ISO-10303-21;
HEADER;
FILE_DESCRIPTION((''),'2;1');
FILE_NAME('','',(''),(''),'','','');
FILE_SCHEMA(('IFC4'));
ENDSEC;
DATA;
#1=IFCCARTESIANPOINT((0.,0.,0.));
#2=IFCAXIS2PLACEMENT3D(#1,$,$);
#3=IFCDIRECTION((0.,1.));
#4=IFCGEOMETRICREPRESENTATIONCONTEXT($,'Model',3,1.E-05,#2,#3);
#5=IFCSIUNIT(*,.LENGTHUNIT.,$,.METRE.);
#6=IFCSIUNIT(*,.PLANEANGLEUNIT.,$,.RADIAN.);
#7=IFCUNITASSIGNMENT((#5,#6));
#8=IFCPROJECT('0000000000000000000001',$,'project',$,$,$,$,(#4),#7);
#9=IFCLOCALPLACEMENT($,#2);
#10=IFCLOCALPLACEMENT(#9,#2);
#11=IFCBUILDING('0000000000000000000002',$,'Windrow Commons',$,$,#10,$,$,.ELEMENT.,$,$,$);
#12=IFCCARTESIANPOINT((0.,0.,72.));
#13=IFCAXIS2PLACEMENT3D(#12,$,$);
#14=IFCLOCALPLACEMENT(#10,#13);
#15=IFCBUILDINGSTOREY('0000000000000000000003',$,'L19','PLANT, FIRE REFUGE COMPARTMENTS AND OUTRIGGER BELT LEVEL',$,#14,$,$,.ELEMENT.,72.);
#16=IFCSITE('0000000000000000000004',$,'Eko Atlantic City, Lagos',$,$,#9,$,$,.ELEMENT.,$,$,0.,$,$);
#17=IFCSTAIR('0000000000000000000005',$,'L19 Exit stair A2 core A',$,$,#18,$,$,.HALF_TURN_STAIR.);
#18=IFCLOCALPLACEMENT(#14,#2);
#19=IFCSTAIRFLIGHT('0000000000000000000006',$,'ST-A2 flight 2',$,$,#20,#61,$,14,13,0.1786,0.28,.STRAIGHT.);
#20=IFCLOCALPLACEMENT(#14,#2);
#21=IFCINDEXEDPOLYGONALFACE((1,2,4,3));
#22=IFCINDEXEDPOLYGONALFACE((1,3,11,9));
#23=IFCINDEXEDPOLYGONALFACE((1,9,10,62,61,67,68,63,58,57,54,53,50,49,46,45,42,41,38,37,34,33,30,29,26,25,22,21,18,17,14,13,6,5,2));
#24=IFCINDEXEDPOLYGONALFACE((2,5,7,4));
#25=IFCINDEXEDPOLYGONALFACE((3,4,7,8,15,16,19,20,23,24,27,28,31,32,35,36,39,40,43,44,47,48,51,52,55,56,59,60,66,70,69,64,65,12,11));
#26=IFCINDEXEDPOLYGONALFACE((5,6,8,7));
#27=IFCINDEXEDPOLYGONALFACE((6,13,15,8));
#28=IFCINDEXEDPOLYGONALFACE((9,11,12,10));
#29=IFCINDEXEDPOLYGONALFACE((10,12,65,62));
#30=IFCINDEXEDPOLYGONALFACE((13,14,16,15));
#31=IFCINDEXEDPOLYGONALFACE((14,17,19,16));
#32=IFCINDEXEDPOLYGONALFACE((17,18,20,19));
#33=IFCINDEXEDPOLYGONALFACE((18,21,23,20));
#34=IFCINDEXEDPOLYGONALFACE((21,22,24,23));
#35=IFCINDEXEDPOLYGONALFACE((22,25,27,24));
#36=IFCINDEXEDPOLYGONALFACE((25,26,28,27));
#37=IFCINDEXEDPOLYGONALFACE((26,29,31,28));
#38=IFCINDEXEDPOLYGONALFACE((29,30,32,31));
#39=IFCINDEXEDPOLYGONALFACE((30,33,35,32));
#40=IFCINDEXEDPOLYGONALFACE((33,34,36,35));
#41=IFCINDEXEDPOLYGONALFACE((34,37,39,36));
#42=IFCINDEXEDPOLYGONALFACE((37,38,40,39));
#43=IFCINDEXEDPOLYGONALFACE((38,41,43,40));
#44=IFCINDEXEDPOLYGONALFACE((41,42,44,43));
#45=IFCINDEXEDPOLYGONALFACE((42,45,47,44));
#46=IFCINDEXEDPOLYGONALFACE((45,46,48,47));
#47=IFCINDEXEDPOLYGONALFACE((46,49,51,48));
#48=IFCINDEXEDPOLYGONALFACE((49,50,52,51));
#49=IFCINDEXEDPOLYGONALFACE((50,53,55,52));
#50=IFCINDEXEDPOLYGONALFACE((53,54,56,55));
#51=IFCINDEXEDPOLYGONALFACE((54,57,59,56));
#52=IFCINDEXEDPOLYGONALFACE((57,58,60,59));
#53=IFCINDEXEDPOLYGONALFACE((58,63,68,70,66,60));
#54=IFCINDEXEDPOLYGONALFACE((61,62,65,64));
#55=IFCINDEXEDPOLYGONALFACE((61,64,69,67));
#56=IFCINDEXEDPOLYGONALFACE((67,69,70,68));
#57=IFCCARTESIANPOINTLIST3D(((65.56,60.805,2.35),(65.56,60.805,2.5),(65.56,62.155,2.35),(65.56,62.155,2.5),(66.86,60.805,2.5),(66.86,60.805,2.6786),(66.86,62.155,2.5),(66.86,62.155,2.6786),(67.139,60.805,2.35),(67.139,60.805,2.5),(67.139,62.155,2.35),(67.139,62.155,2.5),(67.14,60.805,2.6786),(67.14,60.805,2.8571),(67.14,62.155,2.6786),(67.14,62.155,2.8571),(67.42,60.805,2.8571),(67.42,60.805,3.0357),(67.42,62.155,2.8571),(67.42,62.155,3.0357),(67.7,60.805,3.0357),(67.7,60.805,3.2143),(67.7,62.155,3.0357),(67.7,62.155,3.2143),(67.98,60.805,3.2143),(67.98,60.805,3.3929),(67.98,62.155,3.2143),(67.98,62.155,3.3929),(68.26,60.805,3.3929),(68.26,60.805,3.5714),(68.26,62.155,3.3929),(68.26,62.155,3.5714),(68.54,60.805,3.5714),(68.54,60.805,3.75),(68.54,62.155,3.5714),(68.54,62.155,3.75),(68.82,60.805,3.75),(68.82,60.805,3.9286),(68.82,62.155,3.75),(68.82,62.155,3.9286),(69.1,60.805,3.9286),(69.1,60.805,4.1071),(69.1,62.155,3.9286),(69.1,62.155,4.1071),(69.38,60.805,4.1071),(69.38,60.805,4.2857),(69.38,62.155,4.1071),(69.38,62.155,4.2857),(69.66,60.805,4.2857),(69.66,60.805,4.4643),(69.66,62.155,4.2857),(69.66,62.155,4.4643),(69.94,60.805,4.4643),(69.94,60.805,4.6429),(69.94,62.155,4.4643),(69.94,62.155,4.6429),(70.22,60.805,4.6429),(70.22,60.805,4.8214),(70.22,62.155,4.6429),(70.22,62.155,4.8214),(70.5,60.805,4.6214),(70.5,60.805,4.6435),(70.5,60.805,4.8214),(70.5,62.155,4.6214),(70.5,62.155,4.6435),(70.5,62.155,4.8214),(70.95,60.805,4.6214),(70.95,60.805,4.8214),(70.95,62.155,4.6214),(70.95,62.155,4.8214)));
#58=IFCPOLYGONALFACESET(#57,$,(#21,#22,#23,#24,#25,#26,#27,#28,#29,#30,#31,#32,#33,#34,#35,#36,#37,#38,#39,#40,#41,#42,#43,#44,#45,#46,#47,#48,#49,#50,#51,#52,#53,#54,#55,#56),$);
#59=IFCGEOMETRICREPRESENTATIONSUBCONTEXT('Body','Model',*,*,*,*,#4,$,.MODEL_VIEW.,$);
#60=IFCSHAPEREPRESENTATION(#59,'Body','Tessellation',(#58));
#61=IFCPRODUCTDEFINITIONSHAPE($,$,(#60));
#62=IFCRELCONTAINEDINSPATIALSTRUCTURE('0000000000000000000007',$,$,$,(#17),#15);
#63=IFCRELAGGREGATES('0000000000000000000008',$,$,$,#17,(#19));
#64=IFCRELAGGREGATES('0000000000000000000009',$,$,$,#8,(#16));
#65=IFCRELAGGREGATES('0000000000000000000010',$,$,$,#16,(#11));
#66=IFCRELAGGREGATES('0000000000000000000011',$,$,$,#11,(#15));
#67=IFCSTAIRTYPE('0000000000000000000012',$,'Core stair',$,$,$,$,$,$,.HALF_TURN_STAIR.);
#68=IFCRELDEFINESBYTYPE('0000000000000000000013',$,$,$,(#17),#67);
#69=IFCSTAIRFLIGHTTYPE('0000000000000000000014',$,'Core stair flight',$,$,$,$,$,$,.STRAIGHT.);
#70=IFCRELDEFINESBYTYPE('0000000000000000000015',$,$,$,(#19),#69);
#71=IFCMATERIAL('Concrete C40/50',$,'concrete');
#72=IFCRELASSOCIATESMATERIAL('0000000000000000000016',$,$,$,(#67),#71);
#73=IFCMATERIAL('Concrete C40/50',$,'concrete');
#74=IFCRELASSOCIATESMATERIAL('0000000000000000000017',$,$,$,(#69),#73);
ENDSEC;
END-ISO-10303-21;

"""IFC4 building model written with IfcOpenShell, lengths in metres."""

from ifc_helpers import new_model, si_unit, direction, frame, origin, place, context, subcontext, project, spatial, polyline, outline, extrude, material, type_object, element, aggregate, save


model = new_model("IFC4")

# Units and contexts
model_context = context("Model", 3, precision=1e-05, world=origin(), true_north=direction((0.0, 1.0)))
body_context = subcontext(model_context, "Body", "Model", "MODEL_VIEW")
ifc_project = project(units=[si_unit("LENGTHUNIT", "METRE"), si_unit("PLANEANGLEUNIT", "RADIAN")], contexts=[model_context])

# Site, building, storey
site_placement = place(None, origin())
site = spatial("IfcSite", under=ifc_project, at=site_placement, Name="Eko Atlantic City, Lagos", CompositionType="ELEMENT", RefElevation=0.0)
building_placement = place(site_placement, origin())
building = spatial("IfcBuilding", under=site, at=building_placement, Name="Windrow Commons", CompositionType="ELEMENT")
storey_placement = place(building_placement, frame((0.0, 0.0, 72.0)))
storey = spatial("IfcBuildingStorey", under=building, at=storey_placement, Name="L19", Description="PLANT, FIRE REFUGE COMPARTMENTS AND OUTRIGGER BELT LEVEL", CompositionType="ELEMENT", Elevation=72.0)

# Stair, stair flight
ifc_material_1 = material(Name="Concrete C40/50", Category="concrete")
stair_type = type_object("IfcStairType", Name="Core stair", PredefinedType="HALF_TURN_STAIR", material=ifc_material_1)
placement = place(storey_placement, origin())
ifc_material_2 = material(Name="Concrete C40/50", Category="concrete")
stair_flight_type = type_object("IfcStairFlightType", Name="Core stair flight", PredefinedType="STRAIGHT", material=ifc_material_2)
stair_1 = element("IfcStair", 1, at=placement, inside=storey, type_object=stair_type, Name="L19 Exit stair A2 core A", PredefinedType="HALF_TURN_STAIR")
stair_flight_1_placement = place(storey_placement, frame((66.86, 61.48, 2.5), z_axis=(0.0, 0.0, 1.0), x_axis=(1.0, 0.0, 0.0)))
stair_flight_1 = element("IfcStairFlight", 2, at=stair_flight_1_placement, type_object=stair_flight_type, Name="ST-A2 flight 2", NumberOfRisers=14, NumberOfTreads=13, PredefinedType="STRAIGHT", RiserHeight=0.1786, TreadLength=0.28, context=body_context, shape_type="SweptSolid", body=[
    extrude(outline(polyline([(-1.3, -0.15), (-1.3, 0.0), (0.0, 0.0), (0.0, 0.1786), (0.28, 0.1786), (0.28, 0.3571), (0.56, 0.3571), (0.56, 0.5357), (0.84, 0.5357), (0.84, 0.7143), (1.12, 0.7143), (1.12, 0.8929), (1.4, 0.8929), (1.4, 1.0714), (1.68, 1.0714), (1.68, 1.25), (1.96, 1.25), (1.96, 1.4286), (2.24, 1.4286), (2.24, 1.6071), (2.52, 1.6071), (2.52, 1.7857), (2.8, 1.7857), (2.8, 1.9643), (3.08, 1.9643), (3.08, 2.1429), (3.36, 2.1429), (3.36, 2.3214), (3.64, 2.3214), (4.09, 2.3214), (4.09, 2.1214), (3.64, 2.1214), (3.64, 2.1435), (0.279, 0.0), (0.279, -0.15), (-1.3, -0.15)])), frame((0.0, 0.675, 0.0), z_axis=(0.0, -1.0, 0.0), x_axis=(1.0, 0.0, 0.0)), (0.0, 0.0, 1.0), 1.35),
])
aggregate(stair_1, [stair_flight_1])

save(model, "model.ifc")
